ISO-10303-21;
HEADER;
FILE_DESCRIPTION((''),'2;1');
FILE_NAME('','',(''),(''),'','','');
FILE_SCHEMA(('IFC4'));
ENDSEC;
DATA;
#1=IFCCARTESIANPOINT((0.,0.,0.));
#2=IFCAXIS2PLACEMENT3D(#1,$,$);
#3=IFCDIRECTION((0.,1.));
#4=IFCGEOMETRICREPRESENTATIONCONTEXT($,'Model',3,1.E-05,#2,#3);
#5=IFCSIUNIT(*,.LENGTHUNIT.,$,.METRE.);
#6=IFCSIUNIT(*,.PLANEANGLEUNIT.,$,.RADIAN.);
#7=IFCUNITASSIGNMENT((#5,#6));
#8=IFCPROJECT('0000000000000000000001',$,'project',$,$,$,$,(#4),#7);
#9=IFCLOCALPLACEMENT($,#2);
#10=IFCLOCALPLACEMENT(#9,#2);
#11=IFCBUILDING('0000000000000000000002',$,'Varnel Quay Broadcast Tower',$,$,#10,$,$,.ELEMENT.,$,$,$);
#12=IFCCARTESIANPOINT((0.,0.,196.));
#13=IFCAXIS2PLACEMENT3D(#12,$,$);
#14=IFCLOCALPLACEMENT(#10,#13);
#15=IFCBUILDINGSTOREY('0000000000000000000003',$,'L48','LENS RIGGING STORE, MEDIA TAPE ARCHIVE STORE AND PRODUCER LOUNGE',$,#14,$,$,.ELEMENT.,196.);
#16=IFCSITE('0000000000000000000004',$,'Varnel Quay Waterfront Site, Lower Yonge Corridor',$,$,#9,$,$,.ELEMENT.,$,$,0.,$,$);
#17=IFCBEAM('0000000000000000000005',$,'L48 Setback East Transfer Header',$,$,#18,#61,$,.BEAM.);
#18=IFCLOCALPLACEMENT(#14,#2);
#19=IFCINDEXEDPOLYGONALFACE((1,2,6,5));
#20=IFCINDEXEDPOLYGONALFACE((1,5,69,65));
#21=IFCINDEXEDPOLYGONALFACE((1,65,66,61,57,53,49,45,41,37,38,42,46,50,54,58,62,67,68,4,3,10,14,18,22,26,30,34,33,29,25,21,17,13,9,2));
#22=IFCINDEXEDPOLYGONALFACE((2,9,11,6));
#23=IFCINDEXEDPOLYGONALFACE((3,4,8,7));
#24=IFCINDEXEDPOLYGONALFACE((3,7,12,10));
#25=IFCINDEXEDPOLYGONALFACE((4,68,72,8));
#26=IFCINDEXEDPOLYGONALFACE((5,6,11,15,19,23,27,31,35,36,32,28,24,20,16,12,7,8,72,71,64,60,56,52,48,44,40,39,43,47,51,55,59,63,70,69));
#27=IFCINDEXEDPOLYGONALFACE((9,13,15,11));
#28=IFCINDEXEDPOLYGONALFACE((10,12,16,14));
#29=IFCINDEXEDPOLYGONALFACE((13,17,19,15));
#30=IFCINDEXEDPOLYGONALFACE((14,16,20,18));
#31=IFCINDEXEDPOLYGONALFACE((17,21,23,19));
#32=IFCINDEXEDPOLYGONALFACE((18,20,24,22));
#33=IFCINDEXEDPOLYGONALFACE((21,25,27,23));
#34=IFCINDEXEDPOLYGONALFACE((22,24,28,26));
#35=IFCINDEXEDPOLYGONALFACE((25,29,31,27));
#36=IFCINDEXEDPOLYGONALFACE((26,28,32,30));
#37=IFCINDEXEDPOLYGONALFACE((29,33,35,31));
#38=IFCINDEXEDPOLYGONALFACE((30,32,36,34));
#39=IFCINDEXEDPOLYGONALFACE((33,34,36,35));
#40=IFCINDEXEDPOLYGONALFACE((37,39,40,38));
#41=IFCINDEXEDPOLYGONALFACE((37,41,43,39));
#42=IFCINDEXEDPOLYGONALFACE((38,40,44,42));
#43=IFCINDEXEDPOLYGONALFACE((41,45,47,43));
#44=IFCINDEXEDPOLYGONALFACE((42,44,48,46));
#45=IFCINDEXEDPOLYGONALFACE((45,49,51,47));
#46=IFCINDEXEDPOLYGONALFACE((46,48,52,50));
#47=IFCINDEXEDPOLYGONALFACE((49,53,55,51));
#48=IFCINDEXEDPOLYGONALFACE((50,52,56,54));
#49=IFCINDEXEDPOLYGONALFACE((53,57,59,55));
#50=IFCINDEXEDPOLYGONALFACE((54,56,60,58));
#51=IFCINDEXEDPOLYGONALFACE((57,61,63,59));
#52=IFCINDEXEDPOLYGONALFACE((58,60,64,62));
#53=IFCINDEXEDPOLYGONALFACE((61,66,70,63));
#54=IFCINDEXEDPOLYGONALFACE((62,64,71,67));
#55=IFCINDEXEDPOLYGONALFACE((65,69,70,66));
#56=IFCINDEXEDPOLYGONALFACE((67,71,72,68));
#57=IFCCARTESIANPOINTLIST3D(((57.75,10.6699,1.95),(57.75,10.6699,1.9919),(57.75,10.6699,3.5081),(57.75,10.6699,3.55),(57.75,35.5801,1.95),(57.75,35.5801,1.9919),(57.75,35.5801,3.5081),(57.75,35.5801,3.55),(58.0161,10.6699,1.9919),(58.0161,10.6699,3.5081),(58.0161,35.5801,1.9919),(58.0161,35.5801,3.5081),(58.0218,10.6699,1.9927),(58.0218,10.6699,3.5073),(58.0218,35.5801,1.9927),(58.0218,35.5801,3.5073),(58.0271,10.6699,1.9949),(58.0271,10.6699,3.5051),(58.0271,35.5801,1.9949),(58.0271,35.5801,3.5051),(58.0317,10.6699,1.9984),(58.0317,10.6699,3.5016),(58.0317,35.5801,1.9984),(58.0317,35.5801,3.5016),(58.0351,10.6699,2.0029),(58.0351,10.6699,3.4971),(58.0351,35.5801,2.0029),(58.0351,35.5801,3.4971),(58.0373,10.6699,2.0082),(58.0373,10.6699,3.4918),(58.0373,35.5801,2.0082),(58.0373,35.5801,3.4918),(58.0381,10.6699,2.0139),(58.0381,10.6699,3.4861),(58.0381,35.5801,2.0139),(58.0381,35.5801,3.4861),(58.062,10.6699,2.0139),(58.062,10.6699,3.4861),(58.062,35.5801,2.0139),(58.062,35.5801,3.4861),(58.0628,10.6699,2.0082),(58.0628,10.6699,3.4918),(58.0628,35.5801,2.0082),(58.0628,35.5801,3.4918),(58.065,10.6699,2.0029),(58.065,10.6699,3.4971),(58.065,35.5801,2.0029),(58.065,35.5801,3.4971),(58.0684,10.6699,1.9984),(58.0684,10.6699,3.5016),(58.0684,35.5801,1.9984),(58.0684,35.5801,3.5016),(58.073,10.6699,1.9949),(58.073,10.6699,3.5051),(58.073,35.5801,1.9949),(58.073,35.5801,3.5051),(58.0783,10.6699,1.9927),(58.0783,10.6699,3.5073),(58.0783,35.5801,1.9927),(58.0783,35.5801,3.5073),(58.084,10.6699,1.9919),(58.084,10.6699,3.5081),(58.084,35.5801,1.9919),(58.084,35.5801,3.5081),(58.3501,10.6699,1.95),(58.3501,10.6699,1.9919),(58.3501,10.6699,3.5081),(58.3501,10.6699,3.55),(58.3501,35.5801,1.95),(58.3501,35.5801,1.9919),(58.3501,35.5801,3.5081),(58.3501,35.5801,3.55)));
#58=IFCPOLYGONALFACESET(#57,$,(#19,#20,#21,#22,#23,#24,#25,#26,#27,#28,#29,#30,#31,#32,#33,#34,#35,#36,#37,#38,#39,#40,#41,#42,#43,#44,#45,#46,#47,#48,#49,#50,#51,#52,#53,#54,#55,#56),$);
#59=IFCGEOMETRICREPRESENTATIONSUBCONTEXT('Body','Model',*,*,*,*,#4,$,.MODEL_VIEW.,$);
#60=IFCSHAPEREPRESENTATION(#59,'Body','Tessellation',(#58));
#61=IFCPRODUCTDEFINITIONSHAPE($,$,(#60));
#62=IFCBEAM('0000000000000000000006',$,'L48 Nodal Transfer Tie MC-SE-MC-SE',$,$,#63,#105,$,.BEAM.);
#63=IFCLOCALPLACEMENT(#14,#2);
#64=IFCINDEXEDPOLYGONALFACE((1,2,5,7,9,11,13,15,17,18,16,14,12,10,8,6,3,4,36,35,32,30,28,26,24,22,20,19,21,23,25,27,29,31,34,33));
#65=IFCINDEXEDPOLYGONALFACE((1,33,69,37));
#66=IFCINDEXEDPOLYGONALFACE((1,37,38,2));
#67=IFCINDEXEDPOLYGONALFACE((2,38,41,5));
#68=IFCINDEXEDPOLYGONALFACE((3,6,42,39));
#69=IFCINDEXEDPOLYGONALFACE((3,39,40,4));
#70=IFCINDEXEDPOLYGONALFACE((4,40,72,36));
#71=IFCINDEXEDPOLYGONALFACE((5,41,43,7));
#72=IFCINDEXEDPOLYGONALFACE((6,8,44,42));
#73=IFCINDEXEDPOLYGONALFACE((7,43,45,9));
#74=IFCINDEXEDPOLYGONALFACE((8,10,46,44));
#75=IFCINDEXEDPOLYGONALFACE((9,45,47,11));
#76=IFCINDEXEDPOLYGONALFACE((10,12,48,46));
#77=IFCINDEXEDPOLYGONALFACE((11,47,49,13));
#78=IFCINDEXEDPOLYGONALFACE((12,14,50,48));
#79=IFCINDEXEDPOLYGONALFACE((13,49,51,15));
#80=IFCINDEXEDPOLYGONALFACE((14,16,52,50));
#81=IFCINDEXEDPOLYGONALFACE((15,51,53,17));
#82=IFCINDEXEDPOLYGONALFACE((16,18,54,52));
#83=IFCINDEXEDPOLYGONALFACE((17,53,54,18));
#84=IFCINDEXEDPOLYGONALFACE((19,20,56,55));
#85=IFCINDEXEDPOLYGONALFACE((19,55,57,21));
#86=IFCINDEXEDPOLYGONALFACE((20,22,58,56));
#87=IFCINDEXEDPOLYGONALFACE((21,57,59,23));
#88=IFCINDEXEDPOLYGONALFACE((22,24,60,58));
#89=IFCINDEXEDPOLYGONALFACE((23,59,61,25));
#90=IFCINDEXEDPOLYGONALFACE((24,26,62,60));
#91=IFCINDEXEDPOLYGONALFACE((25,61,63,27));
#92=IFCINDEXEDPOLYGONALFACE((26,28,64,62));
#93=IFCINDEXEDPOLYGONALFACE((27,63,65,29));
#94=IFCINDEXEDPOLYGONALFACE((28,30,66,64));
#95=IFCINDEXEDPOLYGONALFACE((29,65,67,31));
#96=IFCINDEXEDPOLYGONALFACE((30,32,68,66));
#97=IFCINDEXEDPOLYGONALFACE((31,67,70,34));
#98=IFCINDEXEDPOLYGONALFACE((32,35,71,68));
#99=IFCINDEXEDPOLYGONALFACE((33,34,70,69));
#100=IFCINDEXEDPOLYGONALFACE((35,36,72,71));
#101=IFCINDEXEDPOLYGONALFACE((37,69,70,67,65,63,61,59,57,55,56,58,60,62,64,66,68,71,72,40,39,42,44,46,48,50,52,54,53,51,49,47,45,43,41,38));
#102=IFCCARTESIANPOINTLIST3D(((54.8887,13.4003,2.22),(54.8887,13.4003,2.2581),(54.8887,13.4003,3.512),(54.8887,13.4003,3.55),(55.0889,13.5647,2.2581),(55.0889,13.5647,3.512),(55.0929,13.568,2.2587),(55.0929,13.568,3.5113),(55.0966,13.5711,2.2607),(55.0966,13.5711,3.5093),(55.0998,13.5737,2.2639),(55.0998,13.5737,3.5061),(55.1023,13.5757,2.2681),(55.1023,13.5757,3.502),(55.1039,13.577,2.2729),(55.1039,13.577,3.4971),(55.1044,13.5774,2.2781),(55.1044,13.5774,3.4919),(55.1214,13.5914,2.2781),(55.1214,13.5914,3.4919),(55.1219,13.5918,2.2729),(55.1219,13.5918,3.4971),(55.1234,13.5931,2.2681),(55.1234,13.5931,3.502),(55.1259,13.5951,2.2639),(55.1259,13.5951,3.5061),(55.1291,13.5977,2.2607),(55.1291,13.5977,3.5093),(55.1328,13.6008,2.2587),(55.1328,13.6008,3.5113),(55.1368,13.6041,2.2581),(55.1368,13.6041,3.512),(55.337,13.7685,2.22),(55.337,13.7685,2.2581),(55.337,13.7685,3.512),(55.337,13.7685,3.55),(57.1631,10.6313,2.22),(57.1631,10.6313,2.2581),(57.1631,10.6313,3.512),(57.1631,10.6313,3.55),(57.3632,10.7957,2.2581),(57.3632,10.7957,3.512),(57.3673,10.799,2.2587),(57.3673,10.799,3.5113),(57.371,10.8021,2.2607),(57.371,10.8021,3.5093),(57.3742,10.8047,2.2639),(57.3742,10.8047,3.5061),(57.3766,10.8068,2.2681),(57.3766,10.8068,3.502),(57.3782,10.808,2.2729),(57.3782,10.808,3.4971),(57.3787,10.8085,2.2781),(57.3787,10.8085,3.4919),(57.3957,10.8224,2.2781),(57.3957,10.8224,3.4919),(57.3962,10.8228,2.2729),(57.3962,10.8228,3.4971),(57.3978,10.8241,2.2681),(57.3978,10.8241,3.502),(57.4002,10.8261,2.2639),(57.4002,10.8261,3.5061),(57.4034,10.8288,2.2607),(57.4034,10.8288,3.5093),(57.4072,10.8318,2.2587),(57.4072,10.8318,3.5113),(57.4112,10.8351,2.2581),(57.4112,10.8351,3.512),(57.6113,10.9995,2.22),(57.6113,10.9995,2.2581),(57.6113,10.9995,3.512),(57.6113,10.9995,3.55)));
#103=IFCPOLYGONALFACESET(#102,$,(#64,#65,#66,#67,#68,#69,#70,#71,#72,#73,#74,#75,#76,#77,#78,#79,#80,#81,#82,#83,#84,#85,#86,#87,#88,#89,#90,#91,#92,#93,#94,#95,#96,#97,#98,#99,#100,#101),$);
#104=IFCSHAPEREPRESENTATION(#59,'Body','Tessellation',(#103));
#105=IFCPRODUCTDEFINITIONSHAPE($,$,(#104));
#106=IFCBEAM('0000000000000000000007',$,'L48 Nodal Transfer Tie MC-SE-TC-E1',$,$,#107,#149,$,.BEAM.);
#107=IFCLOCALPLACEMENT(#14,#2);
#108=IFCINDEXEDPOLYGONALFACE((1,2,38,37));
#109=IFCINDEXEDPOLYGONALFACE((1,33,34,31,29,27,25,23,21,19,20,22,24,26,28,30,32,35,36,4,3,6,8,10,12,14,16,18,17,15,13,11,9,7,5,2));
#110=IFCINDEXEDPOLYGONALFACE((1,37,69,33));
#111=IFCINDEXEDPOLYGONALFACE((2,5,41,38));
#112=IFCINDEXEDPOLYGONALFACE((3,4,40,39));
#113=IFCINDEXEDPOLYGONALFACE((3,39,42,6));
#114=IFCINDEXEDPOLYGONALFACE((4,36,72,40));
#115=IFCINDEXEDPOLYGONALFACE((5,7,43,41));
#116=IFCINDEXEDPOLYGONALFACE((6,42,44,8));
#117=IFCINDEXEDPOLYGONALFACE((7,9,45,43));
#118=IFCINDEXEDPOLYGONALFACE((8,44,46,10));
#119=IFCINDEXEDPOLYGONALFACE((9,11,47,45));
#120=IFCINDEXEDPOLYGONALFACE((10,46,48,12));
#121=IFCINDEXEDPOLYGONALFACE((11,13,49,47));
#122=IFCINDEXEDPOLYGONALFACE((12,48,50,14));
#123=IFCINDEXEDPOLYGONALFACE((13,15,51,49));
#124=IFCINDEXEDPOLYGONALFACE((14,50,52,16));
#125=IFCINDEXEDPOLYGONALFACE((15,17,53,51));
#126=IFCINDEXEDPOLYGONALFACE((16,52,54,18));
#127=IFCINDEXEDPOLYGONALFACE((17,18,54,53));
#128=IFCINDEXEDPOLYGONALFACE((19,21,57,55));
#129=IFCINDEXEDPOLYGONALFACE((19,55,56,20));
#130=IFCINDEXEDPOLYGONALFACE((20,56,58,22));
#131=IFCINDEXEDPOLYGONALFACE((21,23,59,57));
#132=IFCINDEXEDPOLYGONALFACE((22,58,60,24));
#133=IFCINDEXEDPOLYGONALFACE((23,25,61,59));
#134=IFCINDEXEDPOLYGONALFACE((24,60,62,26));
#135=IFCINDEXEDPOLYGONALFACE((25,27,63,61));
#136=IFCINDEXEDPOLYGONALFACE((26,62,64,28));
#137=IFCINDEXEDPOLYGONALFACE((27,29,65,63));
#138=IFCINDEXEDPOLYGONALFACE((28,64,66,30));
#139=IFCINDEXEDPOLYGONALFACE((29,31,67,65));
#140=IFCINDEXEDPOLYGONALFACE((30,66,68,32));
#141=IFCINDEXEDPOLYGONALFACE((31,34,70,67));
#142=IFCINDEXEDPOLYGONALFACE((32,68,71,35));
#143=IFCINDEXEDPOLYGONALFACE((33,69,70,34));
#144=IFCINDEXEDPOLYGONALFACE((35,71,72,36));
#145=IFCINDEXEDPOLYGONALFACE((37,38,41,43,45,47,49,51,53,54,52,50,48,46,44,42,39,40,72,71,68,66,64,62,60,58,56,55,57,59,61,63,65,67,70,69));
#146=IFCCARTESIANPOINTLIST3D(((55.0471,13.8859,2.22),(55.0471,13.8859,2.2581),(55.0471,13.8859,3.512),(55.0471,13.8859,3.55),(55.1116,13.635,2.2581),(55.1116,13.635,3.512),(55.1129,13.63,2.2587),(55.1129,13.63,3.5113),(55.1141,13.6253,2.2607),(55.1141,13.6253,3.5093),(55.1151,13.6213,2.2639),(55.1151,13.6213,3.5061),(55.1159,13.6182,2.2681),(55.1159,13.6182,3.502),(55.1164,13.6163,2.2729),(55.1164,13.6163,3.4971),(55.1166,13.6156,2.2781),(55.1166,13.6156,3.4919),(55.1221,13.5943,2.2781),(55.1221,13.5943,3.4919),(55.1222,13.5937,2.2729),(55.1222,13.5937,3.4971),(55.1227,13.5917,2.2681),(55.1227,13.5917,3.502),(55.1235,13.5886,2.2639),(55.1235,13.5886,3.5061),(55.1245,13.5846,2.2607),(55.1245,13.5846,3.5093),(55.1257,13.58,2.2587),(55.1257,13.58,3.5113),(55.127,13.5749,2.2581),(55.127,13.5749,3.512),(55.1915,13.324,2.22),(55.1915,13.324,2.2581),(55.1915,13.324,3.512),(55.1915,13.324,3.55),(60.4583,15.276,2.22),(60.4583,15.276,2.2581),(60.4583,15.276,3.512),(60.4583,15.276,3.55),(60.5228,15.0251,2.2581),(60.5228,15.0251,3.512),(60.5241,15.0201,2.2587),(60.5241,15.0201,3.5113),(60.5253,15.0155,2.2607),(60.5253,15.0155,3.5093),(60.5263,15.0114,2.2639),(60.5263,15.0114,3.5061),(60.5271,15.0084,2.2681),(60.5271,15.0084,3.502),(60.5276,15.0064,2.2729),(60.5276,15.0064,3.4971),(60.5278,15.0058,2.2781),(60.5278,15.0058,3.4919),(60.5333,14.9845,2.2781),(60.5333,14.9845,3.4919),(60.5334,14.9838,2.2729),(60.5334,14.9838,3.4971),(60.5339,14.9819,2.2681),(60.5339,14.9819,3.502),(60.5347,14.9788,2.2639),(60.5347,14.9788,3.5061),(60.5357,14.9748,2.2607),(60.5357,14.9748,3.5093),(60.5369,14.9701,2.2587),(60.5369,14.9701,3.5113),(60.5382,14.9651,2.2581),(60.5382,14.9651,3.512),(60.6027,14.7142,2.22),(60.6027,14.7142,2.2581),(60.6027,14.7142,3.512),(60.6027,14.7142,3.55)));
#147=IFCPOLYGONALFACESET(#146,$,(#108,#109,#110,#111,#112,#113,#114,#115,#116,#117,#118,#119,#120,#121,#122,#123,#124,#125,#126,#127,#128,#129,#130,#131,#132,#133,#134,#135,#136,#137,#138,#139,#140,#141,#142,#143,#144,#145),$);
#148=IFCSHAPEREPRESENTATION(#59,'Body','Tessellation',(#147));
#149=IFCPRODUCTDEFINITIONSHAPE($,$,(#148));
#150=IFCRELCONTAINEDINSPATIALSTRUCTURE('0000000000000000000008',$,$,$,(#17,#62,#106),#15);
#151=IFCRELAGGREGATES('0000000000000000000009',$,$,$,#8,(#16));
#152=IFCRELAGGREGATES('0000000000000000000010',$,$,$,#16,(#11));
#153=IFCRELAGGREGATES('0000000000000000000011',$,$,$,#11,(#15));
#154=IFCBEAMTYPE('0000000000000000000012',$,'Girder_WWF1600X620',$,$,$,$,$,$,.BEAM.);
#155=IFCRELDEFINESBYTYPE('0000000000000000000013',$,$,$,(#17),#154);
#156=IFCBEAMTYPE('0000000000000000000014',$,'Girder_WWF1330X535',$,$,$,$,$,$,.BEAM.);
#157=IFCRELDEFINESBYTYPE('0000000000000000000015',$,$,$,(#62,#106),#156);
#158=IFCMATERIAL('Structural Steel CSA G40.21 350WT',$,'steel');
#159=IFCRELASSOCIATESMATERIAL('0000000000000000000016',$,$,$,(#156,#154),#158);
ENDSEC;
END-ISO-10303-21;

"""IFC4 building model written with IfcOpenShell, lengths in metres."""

from ifc_helpers import new_model, si_unit, direction, frame, origin, origin_2d, place, context, subcontext, project, spatial, i_section, extrude, source, transform, mapped, material, material_profile, profile_set, type_object, element, save


model = new_model("IFC4")

# Units and contexts
model_context = context("Model", 3, precision=1e-05, world=origin(), true_north=direction((0.0, 1.0)))
body_context = subcontext(model_context, "Body", "Model", "MODEL_VIEW")
ifc_project = project(units=[si_unit("LENGTHUNIT", "METRE"), si_unit("PLANEANGLEUNIT", "RADIAN")], contexts=[model_context])

# Site, building, storey
site_placement = place(None, origin())
site = spatial("IfcSite", under=ifc_project, at=site_placement, Name="Varnel Quay Waterfront Site, Lower Yonge Corridor", CompositionType="ELEMENT", RefElevation=0.0)
building_placement = place(site_placement, origin())
building = spatial("IfcBuilding", under=site, at=building_placement, Name="Varnel Quay Broadcast Tower", CompositionType="ELEMENT")
storey_placement = place(building_placement, frame((0.0, 0.0, 196.0)))
storey = spatial("IfcBuildingStorey", under=building, at=storey_placement, Name="L48", Description="LENS RIGGING STORE, MEDIA TAPE ARCHIVE STORE AND PRODUCER LOUNGE", CompositionType="ELEMENT", Elevation=196.0)

# Shared definitions
ifc_material_1 = material(Name="Structural Steel CSA G40.21 350WT", Category="steel")

# Beams
ifc_material_profile_1 = material_profile(ifc_material_1, i_section(OverallWidth=0.5801, OverallDepth=1.3301, WebThickness=0.022, FlangeThickness=0.0381, FilletRadius=0.02, at=origin_2d()), Name="WWF1330X535")
ifc_profile_set_1 = profile_set([ifc_material_profile_1], Name="Structural Steel CSA G40.21 350WT")
beam_type_1 = type_object("IfcBeamType", Name="Girder_WWF1330X535", PredefinedType="BEAM", material=ifc_profile_set_1)
ifc_material_profile_2 = material_profile(ifc_material_1, i_section(OverallWidth=0.6001, OverallDepth=1.6001, WebThickness=0.0239, FlangeThickness=0.042, FilletRadius=0.022, at=origin_2d()), Name="WWF1600X620")
ifc_profile_set_2 = profile_set([ifc_material_profile_2], Name="Structural Steel CSA G40.21 350WT")
beam_type_2 = type_object("IfcBeamType", Name="Girder_WWF1600X620", PredefinedType="BEAM", material=ifc_profile_set_2)
shared_shape_1 = source(origin(), body_context, "Body", "SweptSolid", [
    extrude(i_section(OverallWidth=0.6001, OverallDepth=1.6001, WebThickness=0.0239, FlangeThickness=0.042, FilletRadius=0.022, at=origin_2d()), origin(), (0.0, 0.0, 1.0), 24.9102),
])
beam_1_placement = place(storey_placement, frame((58.05, 10.6699, 2.75), z_axis=(0.0, 1.0, 0.0), x_axis=(-1.0, 0.0, 0.0)))
element("IfcBeam", 1, at=beam_1_placement, inside=storey, type_object=beam_type_2, Name="L48 Setback East Transfer Header", PredefinedType="BEAM", context=body_context, shape_type="MappedRepresentation", body=[
    mapped(shared_shape_1, transform((0.0, 0.0, 0.0), x_axis=(1.0, 0.0, 0.0), y_axis=(0.0, 1.0, 0.0), z_axis=(0.0, 0.0, 1.0), scale=1.0)),
])
shared_shape_2 = source(origin(), body_context, "Body", "SweptSolid", [
    extrude(i_section(OverallWidth=0.5801, OverallDepth=1.3301, WebThickness=0.022, FlangeThickness=0.0381, FilletRadius=0.02, at=origin_2d()), origin(), (0.0, 0.0, 1.0), 3.5833),
])
beam_2_placement = place(storey_placement, frame((57.3872, 10.8154, 2.885), z_axis=(-0.634713, 0.772748, 0.0), x_axis=(-0.772748, -0.634713, 0.0)))
element("IfcBeam", 2, at=beam_2_placement, inside=storey, type_object=beam_type_1, Name="L48 Nodal Transfer Tie MC-SE-MC-SE", PredefinedType="BEAM", context=body_context, shape_type="MappedRepresentation", body=[
    mapped(shared_shape_2, transform((0.0, 0.0, 0.0), x_axis=(1.0, 0.0, 0.0), y_axis=(0.0, 1.0, 0.0), z_axis=(0.0, 0.0, 1.0), scale=1.0)),
])
shared_shape_3 = source(origin(), body_context, "Body", "SweptSolid", [
    extrude(i_section(OverallWidth=0.5801, OverallDepth=1.3301, WebThickness=0.022, FlangeThickness=0.0381, FilletRadius=0.02, at=origin_2d()), origin(), (0.0, 0.0, 1.0), 5.5869),
])
beam_3_placement = place(storey_placement, frame((60.5305, 14.9951, 2.885), z_axis=(-0.968549, -0.248823, 0.0), x_axis=(0.248823, -0.968549, 0.0)))
element("IfcBeam", 3, at=beam_3_placement, inside=storey, type_object=beam_type_1, Name="L48 Nodal Transfer Tie MC-SE-TC-E1", PredefinedType="BEAM", context=body_context, shape_type="MappedRepresentation", body=[
    mapped(shared_shape_3, transform((0.0, 0.0, 0.0), x_axis=(1.0, 0.0, 0.0), y_axis=(0.0, 1.0, 0.0), z_axis=(0.0, 0.0, 1.0), scale=1.0)),
])

save(model, "model.ifc")
